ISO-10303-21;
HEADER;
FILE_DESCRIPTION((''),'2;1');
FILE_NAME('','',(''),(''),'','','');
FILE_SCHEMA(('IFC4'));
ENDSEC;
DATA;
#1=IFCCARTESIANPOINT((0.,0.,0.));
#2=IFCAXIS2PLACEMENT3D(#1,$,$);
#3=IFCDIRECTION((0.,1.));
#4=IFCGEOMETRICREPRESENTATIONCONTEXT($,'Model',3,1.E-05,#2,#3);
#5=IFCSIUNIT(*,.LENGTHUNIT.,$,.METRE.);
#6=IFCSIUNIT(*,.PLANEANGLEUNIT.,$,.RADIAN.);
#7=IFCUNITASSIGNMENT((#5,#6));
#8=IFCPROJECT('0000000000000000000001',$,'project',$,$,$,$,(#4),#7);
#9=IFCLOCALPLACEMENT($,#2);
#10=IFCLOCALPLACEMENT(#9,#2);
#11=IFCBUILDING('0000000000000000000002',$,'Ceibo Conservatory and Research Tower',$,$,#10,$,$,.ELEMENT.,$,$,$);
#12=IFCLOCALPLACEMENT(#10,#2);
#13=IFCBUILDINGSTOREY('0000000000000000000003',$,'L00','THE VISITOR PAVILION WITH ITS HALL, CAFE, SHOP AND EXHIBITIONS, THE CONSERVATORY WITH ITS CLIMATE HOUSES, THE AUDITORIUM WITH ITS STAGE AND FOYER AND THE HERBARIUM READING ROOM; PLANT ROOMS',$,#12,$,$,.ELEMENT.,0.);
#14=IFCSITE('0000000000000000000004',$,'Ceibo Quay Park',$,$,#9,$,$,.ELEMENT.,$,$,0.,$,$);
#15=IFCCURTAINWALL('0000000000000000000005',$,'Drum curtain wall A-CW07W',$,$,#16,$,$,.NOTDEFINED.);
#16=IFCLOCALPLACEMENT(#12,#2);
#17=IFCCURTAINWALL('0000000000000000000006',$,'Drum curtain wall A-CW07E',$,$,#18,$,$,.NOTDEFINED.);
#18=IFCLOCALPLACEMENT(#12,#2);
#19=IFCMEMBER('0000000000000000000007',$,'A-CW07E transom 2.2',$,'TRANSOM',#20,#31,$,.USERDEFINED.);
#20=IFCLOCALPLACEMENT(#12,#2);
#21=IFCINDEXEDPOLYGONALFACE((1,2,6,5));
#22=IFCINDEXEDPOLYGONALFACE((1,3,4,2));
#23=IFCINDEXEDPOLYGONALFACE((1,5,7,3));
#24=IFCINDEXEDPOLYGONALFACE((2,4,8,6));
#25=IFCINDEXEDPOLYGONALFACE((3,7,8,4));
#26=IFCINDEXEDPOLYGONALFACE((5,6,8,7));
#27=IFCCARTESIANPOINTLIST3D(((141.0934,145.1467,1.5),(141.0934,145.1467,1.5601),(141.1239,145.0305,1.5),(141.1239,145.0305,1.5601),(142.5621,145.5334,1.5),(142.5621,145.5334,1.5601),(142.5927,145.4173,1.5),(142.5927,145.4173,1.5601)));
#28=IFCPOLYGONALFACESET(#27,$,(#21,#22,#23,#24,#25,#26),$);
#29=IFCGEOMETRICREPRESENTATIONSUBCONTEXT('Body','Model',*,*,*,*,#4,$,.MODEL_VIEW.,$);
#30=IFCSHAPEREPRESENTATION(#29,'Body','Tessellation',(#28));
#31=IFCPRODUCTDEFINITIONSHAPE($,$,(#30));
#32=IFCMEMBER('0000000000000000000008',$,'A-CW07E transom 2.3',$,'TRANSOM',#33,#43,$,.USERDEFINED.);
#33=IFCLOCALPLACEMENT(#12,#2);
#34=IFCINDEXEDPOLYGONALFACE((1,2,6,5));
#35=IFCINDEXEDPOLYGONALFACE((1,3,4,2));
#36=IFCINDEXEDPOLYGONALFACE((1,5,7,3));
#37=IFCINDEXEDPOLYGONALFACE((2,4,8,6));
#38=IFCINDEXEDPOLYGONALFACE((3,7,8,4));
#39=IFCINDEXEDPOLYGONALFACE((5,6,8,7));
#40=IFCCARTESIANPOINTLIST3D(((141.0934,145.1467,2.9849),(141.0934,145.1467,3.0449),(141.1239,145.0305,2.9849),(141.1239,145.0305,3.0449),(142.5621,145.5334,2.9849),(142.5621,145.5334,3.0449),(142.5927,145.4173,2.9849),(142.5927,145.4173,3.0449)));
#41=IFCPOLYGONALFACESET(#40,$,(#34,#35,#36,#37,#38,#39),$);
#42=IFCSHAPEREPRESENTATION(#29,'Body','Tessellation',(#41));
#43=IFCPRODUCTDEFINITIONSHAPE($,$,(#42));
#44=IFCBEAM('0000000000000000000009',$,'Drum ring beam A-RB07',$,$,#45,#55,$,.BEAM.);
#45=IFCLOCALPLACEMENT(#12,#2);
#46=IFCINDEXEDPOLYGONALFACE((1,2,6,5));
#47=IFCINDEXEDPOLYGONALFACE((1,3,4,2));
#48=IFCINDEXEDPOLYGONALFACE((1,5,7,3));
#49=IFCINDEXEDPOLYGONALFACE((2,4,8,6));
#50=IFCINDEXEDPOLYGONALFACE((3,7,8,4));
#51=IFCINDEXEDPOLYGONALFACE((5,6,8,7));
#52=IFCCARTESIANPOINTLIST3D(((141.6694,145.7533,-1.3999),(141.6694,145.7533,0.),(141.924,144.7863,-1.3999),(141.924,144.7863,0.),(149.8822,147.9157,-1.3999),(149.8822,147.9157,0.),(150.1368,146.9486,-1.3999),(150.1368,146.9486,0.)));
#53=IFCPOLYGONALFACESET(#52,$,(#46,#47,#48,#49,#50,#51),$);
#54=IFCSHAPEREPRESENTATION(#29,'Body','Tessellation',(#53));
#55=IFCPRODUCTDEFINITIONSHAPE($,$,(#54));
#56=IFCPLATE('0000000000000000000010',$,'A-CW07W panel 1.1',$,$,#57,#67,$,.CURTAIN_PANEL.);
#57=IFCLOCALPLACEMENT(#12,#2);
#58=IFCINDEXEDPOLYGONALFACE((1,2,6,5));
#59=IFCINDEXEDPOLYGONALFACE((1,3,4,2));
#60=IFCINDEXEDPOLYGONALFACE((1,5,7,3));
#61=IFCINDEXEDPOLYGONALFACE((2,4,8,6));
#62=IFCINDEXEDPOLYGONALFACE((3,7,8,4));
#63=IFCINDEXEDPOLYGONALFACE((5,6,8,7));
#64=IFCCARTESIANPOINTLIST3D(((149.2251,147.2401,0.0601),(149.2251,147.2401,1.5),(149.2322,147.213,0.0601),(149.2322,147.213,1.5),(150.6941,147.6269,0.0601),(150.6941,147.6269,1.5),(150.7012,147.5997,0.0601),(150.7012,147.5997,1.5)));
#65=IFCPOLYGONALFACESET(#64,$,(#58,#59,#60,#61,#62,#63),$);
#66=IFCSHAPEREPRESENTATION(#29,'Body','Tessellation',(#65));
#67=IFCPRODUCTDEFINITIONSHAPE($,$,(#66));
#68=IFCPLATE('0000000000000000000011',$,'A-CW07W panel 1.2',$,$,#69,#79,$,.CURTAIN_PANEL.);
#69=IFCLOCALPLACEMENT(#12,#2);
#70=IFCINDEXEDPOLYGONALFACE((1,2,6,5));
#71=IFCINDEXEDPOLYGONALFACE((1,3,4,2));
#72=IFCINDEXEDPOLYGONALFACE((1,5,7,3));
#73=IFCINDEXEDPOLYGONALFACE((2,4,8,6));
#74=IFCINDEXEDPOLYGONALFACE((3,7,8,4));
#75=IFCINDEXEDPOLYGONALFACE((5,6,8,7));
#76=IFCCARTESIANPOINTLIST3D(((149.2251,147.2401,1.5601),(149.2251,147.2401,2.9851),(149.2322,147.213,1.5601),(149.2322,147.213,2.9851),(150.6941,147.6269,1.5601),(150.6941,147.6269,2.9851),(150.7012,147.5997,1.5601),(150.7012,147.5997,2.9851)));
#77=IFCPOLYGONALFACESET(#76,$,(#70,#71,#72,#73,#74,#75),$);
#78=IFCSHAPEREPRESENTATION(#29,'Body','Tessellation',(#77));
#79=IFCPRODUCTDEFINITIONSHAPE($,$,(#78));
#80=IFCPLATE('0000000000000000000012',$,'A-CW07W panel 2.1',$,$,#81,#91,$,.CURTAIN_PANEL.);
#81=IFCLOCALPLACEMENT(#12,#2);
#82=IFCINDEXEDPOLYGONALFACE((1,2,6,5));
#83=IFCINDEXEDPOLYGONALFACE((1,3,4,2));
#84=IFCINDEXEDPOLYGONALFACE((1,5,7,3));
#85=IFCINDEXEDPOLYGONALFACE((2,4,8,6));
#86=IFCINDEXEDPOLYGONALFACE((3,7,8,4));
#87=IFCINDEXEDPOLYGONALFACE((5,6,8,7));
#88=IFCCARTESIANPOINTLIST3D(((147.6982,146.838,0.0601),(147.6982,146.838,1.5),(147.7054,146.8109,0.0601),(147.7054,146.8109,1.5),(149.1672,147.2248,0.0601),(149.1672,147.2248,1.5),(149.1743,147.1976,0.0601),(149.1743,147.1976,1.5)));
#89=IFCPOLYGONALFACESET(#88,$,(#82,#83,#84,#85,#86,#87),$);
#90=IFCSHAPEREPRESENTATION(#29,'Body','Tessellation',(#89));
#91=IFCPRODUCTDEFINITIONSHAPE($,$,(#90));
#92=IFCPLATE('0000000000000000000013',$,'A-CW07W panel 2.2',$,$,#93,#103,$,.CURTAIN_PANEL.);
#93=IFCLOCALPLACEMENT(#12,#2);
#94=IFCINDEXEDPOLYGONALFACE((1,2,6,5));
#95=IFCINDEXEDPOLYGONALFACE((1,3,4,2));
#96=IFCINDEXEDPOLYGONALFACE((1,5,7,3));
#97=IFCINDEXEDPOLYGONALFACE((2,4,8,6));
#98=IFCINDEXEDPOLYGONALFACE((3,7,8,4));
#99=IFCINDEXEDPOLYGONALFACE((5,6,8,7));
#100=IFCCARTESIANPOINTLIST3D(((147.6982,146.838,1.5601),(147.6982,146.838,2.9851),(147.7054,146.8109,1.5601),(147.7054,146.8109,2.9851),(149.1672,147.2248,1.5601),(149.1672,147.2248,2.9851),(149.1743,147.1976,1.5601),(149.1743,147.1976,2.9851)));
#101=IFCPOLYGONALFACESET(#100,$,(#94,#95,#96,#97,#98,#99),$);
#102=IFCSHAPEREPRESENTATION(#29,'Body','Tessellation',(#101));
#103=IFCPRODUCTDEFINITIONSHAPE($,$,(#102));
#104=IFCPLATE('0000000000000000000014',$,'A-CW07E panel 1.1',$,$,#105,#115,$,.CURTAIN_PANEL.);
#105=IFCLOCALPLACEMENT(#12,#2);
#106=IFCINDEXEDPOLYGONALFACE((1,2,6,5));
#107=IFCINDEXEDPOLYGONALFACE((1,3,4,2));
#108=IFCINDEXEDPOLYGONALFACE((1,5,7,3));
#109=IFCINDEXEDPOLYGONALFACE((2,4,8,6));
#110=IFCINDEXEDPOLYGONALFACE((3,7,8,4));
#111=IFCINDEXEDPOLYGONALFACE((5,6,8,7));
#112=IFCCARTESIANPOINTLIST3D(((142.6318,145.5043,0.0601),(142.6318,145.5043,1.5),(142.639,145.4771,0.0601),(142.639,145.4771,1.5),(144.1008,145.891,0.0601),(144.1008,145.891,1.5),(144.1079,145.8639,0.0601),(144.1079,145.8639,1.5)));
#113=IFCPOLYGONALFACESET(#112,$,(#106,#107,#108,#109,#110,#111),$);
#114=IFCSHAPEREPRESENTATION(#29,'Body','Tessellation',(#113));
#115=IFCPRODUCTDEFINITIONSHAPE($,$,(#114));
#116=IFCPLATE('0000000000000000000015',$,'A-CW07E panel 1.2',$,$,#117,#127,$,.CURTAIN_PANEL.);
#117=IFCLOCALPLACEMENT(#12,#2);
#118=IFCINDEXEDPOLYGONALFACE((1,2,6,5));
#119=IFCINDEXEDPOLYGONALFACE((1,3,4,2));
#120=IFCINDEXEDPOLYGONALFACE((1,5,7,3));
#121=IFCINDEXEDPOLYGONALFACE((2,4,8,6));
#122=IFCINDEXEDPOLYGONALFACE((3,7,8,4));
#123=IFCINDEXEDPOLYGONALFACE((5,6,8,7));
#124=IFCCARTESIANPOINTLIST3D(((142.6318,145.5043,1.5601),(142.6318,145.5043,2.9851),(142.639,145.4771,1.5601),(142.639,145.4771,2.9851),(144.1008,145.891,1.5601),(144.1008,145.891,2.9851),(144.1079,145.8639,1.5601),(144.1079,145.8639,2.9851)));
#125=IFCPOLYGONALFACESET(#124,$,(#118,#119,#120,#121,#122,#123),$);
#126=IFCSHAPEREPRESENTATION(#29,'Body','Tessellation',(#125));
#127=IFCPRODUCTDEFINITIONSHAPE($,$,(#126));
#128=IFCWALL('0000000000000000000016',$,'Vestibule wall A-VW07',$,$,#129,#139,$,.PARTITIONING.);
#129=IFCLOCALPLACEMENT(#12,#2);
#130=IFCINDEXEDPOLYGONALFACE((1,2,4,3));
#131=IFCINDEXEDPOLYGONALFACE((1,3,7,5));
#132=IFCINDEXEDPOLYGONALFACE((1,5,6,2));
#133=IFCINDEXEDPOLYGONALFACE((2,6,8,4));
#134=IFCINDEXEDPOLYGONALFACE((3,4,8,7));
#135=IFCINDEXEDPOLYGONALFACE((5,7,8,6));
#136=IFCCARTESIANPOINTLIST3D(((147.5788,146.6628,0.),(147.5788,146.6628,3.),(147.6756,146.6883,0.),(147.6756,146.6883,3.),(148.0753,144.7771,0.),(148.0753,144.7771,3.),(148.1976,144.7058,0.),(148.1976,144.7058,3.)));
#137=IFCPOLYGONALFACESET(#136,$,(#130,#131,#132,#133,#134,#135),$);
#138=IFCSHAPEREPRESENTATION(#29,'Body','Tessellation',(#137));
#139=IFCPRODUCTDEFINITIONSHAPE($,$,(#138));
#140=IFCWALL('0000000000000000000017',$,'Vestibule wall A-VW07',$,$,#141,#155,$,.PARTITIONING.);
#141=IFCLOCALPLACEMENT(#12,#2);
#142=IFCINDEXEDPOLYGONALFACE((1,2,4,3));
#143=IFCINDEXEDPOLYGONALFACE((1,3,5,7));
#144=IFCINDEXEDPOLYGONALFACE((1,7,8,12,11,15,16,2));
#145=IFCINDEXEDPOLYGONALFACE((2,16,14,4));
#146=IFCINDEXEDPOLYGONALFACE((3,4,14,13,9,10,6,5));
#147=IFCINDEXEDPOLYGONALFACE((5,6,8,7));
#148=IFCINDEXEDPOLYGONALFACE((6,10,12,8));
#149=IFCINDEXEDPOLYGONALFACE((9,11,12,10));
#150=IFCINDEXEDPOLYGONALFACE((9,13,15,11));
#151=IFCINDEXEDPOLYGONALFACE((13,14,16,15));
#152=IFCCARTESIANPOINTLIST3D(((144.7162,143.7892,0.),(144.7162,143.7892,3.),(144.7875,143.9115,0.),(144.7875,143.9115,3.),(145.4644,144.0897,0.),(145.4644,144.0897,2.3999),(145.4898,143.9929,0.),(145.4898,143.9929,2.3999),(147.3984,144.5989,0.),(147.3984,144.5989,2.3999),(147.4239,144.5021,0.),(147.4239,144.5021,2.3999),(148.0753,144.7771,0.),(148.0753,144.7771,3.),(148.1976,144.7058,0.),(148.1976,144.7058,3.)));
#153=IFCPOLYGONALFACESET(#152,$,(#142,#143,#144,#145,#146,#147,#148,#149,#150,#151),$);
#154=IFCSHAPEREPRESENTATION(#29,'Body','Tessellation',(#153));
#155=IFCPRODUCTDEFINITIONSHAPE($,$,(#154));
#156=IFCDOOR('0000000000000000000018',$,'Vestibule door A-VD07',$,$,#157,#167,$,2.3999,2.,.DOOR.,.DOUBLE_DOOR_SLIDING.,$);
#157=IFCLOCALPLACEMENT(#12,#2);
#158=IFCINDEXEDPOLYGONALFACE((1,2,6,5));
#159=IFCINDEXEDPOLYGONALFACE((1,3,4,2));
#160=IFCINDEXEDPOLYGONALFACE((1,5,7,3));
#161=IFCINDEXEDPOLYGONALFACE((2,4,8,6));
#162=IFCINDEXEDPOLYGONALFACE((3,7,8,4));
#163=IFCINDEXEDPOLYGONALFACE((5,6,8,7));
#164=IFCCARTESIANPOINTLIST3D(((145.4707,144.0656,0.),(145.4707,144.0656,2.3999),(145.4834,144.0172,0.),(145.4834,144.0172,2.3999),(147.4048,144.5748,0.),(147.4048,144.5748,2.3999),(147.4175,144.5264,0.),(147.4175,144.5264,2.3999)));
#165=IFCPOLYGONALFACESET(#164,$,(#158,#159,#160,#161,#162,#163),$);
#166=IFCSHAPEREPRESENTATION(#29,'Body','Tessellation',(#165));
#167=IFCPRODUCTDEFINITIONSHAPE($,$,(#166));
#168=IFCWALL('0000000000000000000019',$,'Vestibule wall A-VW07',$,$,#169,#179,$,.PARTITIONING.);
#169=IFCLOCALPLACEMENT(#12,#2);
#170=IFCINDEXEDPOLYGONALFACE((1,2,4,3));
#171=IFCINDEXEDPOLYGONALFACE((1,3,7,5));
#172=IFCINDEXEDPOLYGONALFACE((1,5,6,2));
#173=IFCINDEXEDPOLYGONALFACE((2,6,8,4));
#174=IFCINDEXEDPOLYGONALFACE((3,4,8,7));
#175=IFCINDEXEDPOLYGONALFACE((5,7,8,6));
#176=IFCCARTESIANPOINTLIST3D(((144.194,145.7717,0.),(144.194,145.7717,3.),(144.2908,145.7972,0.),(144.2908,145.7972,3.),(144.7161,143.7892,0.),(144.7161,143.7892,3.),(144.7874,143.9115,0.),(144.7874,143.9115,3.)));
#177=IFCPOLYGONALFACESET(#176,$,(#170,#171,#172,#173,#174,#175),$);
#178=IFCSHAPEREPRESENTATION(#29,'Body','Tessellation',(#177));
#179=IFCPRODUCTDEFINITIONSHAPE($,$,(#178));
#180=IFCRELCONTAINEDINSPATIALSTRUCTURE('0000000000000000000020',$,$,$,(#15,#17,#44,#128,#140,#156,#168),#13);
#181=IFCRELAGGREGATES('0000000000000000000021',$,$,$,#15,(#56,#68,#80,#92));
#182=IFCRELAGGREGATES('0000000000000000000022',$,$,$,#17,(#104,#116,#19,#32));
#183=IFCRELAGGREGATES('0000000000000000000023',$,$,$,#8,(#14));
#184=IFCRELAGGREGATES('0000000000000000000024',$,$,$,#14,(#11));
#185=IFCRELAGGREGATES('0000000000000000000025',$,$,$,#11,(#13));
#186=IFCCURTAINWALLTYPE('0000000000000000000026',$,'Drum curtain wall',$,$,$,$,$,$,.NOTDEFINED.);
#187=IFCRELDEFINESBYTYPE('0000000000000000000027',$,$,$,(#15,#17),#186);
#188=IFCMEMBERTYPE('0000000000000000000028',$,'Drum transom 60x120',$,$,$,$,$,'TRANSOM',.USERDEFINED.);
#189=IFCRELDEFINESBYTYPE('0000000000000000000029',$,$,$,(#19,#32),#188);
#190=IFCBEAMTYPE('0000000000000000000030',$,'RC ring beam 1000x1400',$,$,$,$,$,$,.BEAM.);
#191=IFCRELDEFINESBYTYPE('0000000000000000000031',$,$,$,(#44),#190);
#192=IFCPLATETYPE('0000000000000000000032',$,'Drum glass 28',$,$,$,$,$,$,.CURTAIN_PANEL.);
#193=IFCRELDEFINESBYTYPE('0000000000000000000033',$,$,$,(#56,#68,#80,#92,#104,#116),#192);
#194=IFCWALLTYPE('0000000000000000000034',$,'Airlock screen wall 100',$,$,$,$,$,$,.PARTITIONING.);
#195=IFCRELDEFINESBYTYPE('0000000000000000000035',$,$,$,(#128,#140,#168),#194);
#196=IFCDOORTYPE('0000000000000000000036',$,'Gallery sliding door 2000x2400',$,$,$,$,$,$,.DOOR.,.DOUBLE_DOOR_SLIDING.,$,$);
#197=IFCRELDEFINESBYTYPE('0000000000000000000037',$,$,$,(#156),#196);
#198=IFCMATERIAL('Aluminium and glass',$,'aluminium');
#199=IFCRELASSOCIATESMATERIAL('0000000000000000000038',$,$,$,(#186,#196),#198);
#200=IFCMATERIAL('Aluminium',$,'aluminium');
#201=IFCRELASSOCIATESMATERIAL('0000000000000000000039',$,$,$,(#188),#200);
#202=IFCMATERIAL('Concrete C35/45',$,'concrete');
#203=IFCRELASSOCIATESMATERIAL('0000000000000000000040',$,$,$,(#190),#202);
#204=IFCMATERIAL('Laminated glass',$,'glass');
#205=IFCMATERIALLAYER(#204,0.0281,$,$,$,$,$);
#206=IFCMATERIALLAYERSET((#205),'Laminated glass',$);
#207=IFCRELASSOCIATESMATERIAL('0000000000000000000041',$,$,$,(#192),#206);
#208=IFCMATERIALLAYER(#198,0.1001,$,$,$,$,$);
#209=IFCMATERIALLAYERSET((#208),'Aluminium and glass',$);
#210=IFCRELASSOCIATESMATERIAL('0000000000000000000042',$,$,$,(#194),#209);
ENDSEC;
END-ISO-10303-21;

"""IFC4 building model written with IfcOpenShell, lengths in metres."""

from ifc_helpers import new_model, si_unit, direction, frame, frame_2d, origin, origin_2d, place, context, subcontext, project, spatial, polyline, rectangle, outline, extrude, material, layer, layer_set, material_profile, profile_set, type_object, element, fill, aggregate, save


model = new_model("IFC4")

# Units and contexts
model_context = context("Model", 3, precision=1e-05, world=origin(), true_north=direction((0.0, 1.0)))
body_context = subcontext(model_context, "Body", "Model", "MODEL_VIEW")
ifc_project = project(units=[si_unit("LENGTHUNIT", "METRE"), si_unit("PLANEANGLEUNIT", "RADIAN")], contexts=[model_context])

# Site, building, storey
site_placement = place(None, origin())
site = spatial("IfcSite", under=ifc_project, at=site_placement, Name="Ceibo Quay Park", CompositionType="ELEMENT", RefElevation=0.0)
building_placement = place(site_placement, origin())
building = spatial("IfcBuilding", under=site, at=building_placement, Name="Ceibo Conservatory and Research Tower", CompositionType="ELEMENT")
storey_placement = place(building_placement, origin())
storey = spatial("IfcBuildingStorey", under=building, at=storey_placement, Name="L00", Description="THE VISITOR PAVILION WITH ITS HALL, CAFE, SHOP AND EXHIBITIONS, THE CONSERVATORY WITH ITS CLIMATE HOUSES, THE AUDITORIUM WITH ITS STAGE AND FOYER AND THE HERBARIUM READING ROOM; PLANT ROOMS", CompositionType="ELEMENT", Elevation=0.0)

# Curtain walls
ifc_material_1 = material(Name="Aluminium and glass", Category="aluminium")
curtain_wall_type = type_object("IfcCurtainWallType", Name="Drum curtain wall", PredefinedType="NOTDEFINED", material=ifc_material_1)
curtain_wall_1_placement = place(storey_placement, origin())
curtain_wall_1 = element("IfcCurtainWall", 1, at=curtain_wall_1_placement, inside=storey, type_object=curtain_wall_type, Name="Drum curtain wall A-CW07W", PredefinedType="NOTDEFINED")
ifc_material_2 = material(Name="Aluminium", Category="aluminium")
curtain_wall_2_placement = place(storey_placement, origin())
curtain_wall_2 = element("IfcCurtainWall", 2, at=curtain_wall_2_placement, inside=storey, type_object=curtain_wall_type, Name="Drum curtain wall A-CW07E", PredefinedType="NOTDEFINED")

# Members
ifc_material_profile_1 = material_profile(ifc_material_2, rectangle(XDim=0.1201, YDim=0.0601, at=origin_2d()), Name="AL 60x120")
ifc_profile_set_1 = profile_set([ifc_material_profile_1], Name="Aluminium")
member_type_1 = type_object("IfcMemberType", Name="Drum transom 60x120", ElementType="TRANSOM", PredefinedType="USERDEFINED", material=ifc_profile_set_1)
member_1_placement = place(storey_placement, frame((142.5774, 145.4753, 1.53), z_axis=(-0.967041, -0.25462, 0.0), x_axis=(0.25462, -0.967041, 0.0)))
member_1 = element("IfcMember", 3, at=member_1_placement, type_object=member_type_1, Name="A-CW07E transom 2.2", ObjectType="TRANSOM", PredefinedType="USERDEFINED", context=body_context, shape_type="SweptSolid", body=[
    extrude(rectangle(XDim=0.1201, YDim=0.0601, at=origin_2d()), origin(), (0.0, 0.0, 1.0), 1.5188),
])
member_2_placement = place(storey_placement, frame((142.5774, 145.4753, 3.0149), z_axis=(-0.967041, -0.25462, 0.0), x_axis=(0.25462, -0.967041, 0.0)))
member_2 = element("IfcMember", 4, at=member_2_placement, type_object=member_type_1, Name="A-CW07E transom 2.3", ObjectType="TRANSOM", PredefinedType="USERDEFINED", context=body_context, shape_type="SweptSolid", body=[
    extrude(rectangle(XDim=0.1201, YDim=0.0601, at=origin_2d()), origin(), (0.0, 0.0, 1.0), 1.5188),
])

# Beam
ifc_material_3 = material(Name="Concrete C35/45", Category="concrete")
ifc_material_profile_2 = material_profile(ifc_material_3, rectangle(XDim=1.0, YDim=1.3999, at=origin_2d()), Name="RC 1000x1400")
ifc_profile_set_2 = profile_set([ifc_material_profile_2], Name="Concrete C35/45")
beam_type = type_object("IfcBeamType", Name="RC ring beam 1000x1400", PredefinedType="BEAM", material=ifc_profile_set_2)
beam_placement = place(storey_placement, frame((150.0095, 147.4321, -0.7), z_axis=(-0.967044, -0.254611, 0.0), x_axis=(0.254611, -0.967044, 0.0)))
element("IfcBeam", 5, at=beam_placement, inside=storey, type_object=beam_type, Name="Drum ring beam A-RB07", PredefinedType="BEAM", context=body_context, shape_type="SweptSolid", body=[
    extrude(rectangle(XDim=1.0, YDim=1.3999, at=origin_2d()), origin(), (0.0, 0.0, 1.0), 8.4927),
])

# Plates
ifc_material_4 = material(Name="Laminated glass", Category="glass")
ifc_layer_1 = layer(ifc_material_4, 0.0281)
ifc_layer_set_1 = layer_set([ifc_layer_1], Name="Laminated glass")
plate_type = type_object("IfcPlateType", Name="Drum glass 28", PredefinedType="CURTAIN_PANEL", material=ifc_layer_set_1)
plate_1_placement = place(storey_placement, frame((149.9631, 147.4199, 0.0601), z_axis=(0.0, 0.0, 1.0), x_axis=(-0.967046, -0.254602, 0.0)))
plate_1 = element("IfcPlate", 6, at=plate_1_placement, type_object=plate_type, Name="A-CW07W panel 1.1", PredefinedType="CURTAIN_PANEL", context=body_context, shape_type="SweptSolid", body=[
    extrude(rectangle(XDim=1.519, YDim=0.0281, at=origin_2d()), origin(), (0.0, 0.0, 1.0), 1.4399),
])
plate_2_placement = place(storey_placement, frame((149.9631, 147.4199, 1.5601), z_axis=(0.0, 0.0, 1.0), x_axis=(-0.967046, -0.254602, 0.0)))
plate_2 = element("IfcPlate", 7, at=plate_2_placement, type_object=plate_type, Name="A-CW07W panel 1.2", PredefinedType="CURTAIN_PANEL", context=body_context, shape_type="SweptSolid", body=[
    extrude(rectangle(XDim=1.519, YDim=0.0281, at=origin_2d()), origin(), (0.0, 0.0, 1.0), 1.425),
])
plate_3_placement = place(storey_placement, frame((148.4363, 147.0178, 0.0601), z_axis=(0.0, 0.0, 1.0), x_axis=(-0.967046, -0.254602, 0.0)))
plate_3 = element("IfcPlate", 8, at=plate_3_placement, type_object=plate_type, Name="A-CW07W panel 2.1", PredefinedType="CURTAIN_PANEL", context=body_context, shape_type="SweptSolid", body=[
    extrude(rectangle(XDim=1.519, YDim=0.0281, at=origin_2d()), origin(), (0.0, 0.0, 1.0), 1.4399),
])
plate_4_placement = place(storey_placement, frame((148.4363, 147.0178, 1.5601), z_axis=(0.0, 0.0, 1.0), x_axis=(-0.967046, -0.254602, 0.0)))
plate_4 = element("IfcPlate", 9, at=plate_4_placement, type_object=plate_type, Name="A-CW07W panel 2.2", PredefinedType="CURTAIN_PANEL", context=body_context, shape_type="SweptSolid", body=[
    extrude(rectangle(XDim=1.519, YDim=0.0281, at=origin_2d()), origin(), (0.0, 0.0, 1.0), 1.425),
])
aggregate(curtain_wall_1, [plate_1, plate_2, plate_3, plate_4])
plate_5_placement = place(storey_placement, frame((143.3699, 145.6841, 0.0601), z_axis=(0.0, 0.0, 1.0), x_axis=(-0.967046, -0.254602, 0.0)))
plate_5 = element("IfcPlate", 10, at=plate_5_placement, type_object=plate_type, Name="A-CW07E panel 1.1", PredefinedType="CURTAIN_PANEL", context=body_context, shape_type="SweptSolid", body=[
    extrude(rectangle(XDim=1.519, YDim=0.0281, at=origin_2d()), origin(), (0.0, 0.0, 1.0), 1.4399),
])
plate_6_placement = place(storey_placement, frame((143.3699, 145.6841, 1.5601), z_axis=(0.0, 0.0, 1.0), x_axis=(-0.967046, -0.254602, 0.0)))
plate_6 = element("IfcPlate", 11, at=plate_6_placement, type_object=plate_type, Name="A-CW07E panel 1.2", PredefinedType="CURTAIN_PANEL", context=body_context, shape_type="SweptSolid", body=[
    extrude(rectangle(XDim=1.519, YDim=0.0281, at=origin_2d()), origin(), (0.0, 0.0, 1.0), 1.425),
])
aggregate(curtain_wall_2, [plate_5, plate_6, member_1, member_2])

# Wall
ifc_layer_2 = layer(ifc_material_1, 0.1001)
ifc_layer_set_2 = layer_set([ifc_layer_2], Name="Aluminium and glass")
wall_type_1 = type_object("IfcWallType", Name="Airlock screen wall 100", PredefinedType="PARTITIONING", material=ifc_layer_set_2)
wall_1_placement = place(storey_placement, frame((147.6272, 146.6755, 0.0), z_axis=(0.0, 0.0, 1.0), x_axis=(0.254638, -0.967037, 0.0)))
element("IfcWall", 12, at=wall_1_placement, inside=storey, type_object=wall_type_1, Name="Vestibule wall A-VW07", PredefinedType="PARTITIONING", context=body_context, shape_type="SweptSolid", body=[
    extrude(outline(polyline([(0.0, -0.05), (1.95, -0.05), (2.05, 0.05), (0.0, 0.05), (0.0, -0.05)])), origin(), (0.0, 0.0, 1.0), 3.0),
])

# Wall, opening, door
wall_2_placement = place(storey_placement, frame((148.1365, 144.7415, 0.0), z_axis=(0.0, 0.0, 1.0), x_axis=(-0.967047, -0.254596, 0.0)))
wall_2 = element("IfcWall", 13, at=wall_2_placement, inside=storey, type_object=wall_type_1, Name="Vestibule wall A-VW07", PredefinedType="PARTITIONING", context=body_context, shape_type="SweptSolid", body=[
    extrude(outline(polyline([(0.05, -0.05), (3.45, -0.05), (3.55, 0.05), (-0.05, 0.05), (0.05, -0.05)])), origin(), (0.0, 0.0, 1.0), 3.0),
])
opening_1_placement = place(wall_2_placement, frame((0.75, 0.0, 0.0)))
opening_1 = element("IfcOpeningElement", 14, at=opening_1_placement, cuts=wall_2, PredefinedType="OPENING", context=body_context, shape_type="SweptSolid", body=[
    extrude(rectangle(XDim=2.0, YDim=2.3999, at=frame_2d((1.0, 1.2))), frame((0.0, 0.0601, 0.0), z_axis=(0.0, -1.0, 0.0), x_axis=(1.0, 0.0, 0.0)), (0.0, 0.0, 1.0), 0.1201),
])
door_type_1 = type_object("IfcDoorType", Name="Gallery sliding door 2000x2400", OperationType="DOUBLE_DOOR_SLIDING", PredefinedType="DOOR", material=ifc_material_1)
door_1_placement = place(opening_1_placement, origin())
door_1 = element("IfcDoor", 15, at=door_1_placement, inside=storey, type_object=door_type_1, Name="Vestibule door A-VD07", OperationType="DOUBLE_DOOR_SLIDING", OverallHeight=2.3999, OverallWidth=2.0, PredefinedType="DOOR", context=body_context, shape_type="SweptSolid", body=[
    extrude(rectangle(XDim=2.0, YDim=2.3999, at=frame_2d((1.0, 1.2))), frame((0.0, 0.0249, 0.0), z_axis=(0.0, -1.0, 0.0), x_axis=(1.0, 0.0, 0.0)), (0.0, 0.0, 1.0), 0.05),
])
fill(opening_1, door_1)

# Wall
wall_3_placement = place(storey_placement, frame((144.7517, 143.8503, 0.0), z_axis=(0.0, 0.0, 1.0), x_axis=(-0.254638, 0.967037, 0.0)))
element("IfcWall", 16, at=wall_3_placement, inside=storey, type_object=wall_type_1, Name="Vestibule wall A-VW07", PredefinedType="PARTITIONING", context=body_context, shape_type="SweptSolid", body=[
    extrude(outline(polyline([(0.05, -0.05), (2.0, -0.05), (2.0, 0.05), (-0.05, 0.05), (0.05, -0.05)])), origin(), (0.0, 0.0, 1.0), 3.0),
])

save(model, "model.ifc")
